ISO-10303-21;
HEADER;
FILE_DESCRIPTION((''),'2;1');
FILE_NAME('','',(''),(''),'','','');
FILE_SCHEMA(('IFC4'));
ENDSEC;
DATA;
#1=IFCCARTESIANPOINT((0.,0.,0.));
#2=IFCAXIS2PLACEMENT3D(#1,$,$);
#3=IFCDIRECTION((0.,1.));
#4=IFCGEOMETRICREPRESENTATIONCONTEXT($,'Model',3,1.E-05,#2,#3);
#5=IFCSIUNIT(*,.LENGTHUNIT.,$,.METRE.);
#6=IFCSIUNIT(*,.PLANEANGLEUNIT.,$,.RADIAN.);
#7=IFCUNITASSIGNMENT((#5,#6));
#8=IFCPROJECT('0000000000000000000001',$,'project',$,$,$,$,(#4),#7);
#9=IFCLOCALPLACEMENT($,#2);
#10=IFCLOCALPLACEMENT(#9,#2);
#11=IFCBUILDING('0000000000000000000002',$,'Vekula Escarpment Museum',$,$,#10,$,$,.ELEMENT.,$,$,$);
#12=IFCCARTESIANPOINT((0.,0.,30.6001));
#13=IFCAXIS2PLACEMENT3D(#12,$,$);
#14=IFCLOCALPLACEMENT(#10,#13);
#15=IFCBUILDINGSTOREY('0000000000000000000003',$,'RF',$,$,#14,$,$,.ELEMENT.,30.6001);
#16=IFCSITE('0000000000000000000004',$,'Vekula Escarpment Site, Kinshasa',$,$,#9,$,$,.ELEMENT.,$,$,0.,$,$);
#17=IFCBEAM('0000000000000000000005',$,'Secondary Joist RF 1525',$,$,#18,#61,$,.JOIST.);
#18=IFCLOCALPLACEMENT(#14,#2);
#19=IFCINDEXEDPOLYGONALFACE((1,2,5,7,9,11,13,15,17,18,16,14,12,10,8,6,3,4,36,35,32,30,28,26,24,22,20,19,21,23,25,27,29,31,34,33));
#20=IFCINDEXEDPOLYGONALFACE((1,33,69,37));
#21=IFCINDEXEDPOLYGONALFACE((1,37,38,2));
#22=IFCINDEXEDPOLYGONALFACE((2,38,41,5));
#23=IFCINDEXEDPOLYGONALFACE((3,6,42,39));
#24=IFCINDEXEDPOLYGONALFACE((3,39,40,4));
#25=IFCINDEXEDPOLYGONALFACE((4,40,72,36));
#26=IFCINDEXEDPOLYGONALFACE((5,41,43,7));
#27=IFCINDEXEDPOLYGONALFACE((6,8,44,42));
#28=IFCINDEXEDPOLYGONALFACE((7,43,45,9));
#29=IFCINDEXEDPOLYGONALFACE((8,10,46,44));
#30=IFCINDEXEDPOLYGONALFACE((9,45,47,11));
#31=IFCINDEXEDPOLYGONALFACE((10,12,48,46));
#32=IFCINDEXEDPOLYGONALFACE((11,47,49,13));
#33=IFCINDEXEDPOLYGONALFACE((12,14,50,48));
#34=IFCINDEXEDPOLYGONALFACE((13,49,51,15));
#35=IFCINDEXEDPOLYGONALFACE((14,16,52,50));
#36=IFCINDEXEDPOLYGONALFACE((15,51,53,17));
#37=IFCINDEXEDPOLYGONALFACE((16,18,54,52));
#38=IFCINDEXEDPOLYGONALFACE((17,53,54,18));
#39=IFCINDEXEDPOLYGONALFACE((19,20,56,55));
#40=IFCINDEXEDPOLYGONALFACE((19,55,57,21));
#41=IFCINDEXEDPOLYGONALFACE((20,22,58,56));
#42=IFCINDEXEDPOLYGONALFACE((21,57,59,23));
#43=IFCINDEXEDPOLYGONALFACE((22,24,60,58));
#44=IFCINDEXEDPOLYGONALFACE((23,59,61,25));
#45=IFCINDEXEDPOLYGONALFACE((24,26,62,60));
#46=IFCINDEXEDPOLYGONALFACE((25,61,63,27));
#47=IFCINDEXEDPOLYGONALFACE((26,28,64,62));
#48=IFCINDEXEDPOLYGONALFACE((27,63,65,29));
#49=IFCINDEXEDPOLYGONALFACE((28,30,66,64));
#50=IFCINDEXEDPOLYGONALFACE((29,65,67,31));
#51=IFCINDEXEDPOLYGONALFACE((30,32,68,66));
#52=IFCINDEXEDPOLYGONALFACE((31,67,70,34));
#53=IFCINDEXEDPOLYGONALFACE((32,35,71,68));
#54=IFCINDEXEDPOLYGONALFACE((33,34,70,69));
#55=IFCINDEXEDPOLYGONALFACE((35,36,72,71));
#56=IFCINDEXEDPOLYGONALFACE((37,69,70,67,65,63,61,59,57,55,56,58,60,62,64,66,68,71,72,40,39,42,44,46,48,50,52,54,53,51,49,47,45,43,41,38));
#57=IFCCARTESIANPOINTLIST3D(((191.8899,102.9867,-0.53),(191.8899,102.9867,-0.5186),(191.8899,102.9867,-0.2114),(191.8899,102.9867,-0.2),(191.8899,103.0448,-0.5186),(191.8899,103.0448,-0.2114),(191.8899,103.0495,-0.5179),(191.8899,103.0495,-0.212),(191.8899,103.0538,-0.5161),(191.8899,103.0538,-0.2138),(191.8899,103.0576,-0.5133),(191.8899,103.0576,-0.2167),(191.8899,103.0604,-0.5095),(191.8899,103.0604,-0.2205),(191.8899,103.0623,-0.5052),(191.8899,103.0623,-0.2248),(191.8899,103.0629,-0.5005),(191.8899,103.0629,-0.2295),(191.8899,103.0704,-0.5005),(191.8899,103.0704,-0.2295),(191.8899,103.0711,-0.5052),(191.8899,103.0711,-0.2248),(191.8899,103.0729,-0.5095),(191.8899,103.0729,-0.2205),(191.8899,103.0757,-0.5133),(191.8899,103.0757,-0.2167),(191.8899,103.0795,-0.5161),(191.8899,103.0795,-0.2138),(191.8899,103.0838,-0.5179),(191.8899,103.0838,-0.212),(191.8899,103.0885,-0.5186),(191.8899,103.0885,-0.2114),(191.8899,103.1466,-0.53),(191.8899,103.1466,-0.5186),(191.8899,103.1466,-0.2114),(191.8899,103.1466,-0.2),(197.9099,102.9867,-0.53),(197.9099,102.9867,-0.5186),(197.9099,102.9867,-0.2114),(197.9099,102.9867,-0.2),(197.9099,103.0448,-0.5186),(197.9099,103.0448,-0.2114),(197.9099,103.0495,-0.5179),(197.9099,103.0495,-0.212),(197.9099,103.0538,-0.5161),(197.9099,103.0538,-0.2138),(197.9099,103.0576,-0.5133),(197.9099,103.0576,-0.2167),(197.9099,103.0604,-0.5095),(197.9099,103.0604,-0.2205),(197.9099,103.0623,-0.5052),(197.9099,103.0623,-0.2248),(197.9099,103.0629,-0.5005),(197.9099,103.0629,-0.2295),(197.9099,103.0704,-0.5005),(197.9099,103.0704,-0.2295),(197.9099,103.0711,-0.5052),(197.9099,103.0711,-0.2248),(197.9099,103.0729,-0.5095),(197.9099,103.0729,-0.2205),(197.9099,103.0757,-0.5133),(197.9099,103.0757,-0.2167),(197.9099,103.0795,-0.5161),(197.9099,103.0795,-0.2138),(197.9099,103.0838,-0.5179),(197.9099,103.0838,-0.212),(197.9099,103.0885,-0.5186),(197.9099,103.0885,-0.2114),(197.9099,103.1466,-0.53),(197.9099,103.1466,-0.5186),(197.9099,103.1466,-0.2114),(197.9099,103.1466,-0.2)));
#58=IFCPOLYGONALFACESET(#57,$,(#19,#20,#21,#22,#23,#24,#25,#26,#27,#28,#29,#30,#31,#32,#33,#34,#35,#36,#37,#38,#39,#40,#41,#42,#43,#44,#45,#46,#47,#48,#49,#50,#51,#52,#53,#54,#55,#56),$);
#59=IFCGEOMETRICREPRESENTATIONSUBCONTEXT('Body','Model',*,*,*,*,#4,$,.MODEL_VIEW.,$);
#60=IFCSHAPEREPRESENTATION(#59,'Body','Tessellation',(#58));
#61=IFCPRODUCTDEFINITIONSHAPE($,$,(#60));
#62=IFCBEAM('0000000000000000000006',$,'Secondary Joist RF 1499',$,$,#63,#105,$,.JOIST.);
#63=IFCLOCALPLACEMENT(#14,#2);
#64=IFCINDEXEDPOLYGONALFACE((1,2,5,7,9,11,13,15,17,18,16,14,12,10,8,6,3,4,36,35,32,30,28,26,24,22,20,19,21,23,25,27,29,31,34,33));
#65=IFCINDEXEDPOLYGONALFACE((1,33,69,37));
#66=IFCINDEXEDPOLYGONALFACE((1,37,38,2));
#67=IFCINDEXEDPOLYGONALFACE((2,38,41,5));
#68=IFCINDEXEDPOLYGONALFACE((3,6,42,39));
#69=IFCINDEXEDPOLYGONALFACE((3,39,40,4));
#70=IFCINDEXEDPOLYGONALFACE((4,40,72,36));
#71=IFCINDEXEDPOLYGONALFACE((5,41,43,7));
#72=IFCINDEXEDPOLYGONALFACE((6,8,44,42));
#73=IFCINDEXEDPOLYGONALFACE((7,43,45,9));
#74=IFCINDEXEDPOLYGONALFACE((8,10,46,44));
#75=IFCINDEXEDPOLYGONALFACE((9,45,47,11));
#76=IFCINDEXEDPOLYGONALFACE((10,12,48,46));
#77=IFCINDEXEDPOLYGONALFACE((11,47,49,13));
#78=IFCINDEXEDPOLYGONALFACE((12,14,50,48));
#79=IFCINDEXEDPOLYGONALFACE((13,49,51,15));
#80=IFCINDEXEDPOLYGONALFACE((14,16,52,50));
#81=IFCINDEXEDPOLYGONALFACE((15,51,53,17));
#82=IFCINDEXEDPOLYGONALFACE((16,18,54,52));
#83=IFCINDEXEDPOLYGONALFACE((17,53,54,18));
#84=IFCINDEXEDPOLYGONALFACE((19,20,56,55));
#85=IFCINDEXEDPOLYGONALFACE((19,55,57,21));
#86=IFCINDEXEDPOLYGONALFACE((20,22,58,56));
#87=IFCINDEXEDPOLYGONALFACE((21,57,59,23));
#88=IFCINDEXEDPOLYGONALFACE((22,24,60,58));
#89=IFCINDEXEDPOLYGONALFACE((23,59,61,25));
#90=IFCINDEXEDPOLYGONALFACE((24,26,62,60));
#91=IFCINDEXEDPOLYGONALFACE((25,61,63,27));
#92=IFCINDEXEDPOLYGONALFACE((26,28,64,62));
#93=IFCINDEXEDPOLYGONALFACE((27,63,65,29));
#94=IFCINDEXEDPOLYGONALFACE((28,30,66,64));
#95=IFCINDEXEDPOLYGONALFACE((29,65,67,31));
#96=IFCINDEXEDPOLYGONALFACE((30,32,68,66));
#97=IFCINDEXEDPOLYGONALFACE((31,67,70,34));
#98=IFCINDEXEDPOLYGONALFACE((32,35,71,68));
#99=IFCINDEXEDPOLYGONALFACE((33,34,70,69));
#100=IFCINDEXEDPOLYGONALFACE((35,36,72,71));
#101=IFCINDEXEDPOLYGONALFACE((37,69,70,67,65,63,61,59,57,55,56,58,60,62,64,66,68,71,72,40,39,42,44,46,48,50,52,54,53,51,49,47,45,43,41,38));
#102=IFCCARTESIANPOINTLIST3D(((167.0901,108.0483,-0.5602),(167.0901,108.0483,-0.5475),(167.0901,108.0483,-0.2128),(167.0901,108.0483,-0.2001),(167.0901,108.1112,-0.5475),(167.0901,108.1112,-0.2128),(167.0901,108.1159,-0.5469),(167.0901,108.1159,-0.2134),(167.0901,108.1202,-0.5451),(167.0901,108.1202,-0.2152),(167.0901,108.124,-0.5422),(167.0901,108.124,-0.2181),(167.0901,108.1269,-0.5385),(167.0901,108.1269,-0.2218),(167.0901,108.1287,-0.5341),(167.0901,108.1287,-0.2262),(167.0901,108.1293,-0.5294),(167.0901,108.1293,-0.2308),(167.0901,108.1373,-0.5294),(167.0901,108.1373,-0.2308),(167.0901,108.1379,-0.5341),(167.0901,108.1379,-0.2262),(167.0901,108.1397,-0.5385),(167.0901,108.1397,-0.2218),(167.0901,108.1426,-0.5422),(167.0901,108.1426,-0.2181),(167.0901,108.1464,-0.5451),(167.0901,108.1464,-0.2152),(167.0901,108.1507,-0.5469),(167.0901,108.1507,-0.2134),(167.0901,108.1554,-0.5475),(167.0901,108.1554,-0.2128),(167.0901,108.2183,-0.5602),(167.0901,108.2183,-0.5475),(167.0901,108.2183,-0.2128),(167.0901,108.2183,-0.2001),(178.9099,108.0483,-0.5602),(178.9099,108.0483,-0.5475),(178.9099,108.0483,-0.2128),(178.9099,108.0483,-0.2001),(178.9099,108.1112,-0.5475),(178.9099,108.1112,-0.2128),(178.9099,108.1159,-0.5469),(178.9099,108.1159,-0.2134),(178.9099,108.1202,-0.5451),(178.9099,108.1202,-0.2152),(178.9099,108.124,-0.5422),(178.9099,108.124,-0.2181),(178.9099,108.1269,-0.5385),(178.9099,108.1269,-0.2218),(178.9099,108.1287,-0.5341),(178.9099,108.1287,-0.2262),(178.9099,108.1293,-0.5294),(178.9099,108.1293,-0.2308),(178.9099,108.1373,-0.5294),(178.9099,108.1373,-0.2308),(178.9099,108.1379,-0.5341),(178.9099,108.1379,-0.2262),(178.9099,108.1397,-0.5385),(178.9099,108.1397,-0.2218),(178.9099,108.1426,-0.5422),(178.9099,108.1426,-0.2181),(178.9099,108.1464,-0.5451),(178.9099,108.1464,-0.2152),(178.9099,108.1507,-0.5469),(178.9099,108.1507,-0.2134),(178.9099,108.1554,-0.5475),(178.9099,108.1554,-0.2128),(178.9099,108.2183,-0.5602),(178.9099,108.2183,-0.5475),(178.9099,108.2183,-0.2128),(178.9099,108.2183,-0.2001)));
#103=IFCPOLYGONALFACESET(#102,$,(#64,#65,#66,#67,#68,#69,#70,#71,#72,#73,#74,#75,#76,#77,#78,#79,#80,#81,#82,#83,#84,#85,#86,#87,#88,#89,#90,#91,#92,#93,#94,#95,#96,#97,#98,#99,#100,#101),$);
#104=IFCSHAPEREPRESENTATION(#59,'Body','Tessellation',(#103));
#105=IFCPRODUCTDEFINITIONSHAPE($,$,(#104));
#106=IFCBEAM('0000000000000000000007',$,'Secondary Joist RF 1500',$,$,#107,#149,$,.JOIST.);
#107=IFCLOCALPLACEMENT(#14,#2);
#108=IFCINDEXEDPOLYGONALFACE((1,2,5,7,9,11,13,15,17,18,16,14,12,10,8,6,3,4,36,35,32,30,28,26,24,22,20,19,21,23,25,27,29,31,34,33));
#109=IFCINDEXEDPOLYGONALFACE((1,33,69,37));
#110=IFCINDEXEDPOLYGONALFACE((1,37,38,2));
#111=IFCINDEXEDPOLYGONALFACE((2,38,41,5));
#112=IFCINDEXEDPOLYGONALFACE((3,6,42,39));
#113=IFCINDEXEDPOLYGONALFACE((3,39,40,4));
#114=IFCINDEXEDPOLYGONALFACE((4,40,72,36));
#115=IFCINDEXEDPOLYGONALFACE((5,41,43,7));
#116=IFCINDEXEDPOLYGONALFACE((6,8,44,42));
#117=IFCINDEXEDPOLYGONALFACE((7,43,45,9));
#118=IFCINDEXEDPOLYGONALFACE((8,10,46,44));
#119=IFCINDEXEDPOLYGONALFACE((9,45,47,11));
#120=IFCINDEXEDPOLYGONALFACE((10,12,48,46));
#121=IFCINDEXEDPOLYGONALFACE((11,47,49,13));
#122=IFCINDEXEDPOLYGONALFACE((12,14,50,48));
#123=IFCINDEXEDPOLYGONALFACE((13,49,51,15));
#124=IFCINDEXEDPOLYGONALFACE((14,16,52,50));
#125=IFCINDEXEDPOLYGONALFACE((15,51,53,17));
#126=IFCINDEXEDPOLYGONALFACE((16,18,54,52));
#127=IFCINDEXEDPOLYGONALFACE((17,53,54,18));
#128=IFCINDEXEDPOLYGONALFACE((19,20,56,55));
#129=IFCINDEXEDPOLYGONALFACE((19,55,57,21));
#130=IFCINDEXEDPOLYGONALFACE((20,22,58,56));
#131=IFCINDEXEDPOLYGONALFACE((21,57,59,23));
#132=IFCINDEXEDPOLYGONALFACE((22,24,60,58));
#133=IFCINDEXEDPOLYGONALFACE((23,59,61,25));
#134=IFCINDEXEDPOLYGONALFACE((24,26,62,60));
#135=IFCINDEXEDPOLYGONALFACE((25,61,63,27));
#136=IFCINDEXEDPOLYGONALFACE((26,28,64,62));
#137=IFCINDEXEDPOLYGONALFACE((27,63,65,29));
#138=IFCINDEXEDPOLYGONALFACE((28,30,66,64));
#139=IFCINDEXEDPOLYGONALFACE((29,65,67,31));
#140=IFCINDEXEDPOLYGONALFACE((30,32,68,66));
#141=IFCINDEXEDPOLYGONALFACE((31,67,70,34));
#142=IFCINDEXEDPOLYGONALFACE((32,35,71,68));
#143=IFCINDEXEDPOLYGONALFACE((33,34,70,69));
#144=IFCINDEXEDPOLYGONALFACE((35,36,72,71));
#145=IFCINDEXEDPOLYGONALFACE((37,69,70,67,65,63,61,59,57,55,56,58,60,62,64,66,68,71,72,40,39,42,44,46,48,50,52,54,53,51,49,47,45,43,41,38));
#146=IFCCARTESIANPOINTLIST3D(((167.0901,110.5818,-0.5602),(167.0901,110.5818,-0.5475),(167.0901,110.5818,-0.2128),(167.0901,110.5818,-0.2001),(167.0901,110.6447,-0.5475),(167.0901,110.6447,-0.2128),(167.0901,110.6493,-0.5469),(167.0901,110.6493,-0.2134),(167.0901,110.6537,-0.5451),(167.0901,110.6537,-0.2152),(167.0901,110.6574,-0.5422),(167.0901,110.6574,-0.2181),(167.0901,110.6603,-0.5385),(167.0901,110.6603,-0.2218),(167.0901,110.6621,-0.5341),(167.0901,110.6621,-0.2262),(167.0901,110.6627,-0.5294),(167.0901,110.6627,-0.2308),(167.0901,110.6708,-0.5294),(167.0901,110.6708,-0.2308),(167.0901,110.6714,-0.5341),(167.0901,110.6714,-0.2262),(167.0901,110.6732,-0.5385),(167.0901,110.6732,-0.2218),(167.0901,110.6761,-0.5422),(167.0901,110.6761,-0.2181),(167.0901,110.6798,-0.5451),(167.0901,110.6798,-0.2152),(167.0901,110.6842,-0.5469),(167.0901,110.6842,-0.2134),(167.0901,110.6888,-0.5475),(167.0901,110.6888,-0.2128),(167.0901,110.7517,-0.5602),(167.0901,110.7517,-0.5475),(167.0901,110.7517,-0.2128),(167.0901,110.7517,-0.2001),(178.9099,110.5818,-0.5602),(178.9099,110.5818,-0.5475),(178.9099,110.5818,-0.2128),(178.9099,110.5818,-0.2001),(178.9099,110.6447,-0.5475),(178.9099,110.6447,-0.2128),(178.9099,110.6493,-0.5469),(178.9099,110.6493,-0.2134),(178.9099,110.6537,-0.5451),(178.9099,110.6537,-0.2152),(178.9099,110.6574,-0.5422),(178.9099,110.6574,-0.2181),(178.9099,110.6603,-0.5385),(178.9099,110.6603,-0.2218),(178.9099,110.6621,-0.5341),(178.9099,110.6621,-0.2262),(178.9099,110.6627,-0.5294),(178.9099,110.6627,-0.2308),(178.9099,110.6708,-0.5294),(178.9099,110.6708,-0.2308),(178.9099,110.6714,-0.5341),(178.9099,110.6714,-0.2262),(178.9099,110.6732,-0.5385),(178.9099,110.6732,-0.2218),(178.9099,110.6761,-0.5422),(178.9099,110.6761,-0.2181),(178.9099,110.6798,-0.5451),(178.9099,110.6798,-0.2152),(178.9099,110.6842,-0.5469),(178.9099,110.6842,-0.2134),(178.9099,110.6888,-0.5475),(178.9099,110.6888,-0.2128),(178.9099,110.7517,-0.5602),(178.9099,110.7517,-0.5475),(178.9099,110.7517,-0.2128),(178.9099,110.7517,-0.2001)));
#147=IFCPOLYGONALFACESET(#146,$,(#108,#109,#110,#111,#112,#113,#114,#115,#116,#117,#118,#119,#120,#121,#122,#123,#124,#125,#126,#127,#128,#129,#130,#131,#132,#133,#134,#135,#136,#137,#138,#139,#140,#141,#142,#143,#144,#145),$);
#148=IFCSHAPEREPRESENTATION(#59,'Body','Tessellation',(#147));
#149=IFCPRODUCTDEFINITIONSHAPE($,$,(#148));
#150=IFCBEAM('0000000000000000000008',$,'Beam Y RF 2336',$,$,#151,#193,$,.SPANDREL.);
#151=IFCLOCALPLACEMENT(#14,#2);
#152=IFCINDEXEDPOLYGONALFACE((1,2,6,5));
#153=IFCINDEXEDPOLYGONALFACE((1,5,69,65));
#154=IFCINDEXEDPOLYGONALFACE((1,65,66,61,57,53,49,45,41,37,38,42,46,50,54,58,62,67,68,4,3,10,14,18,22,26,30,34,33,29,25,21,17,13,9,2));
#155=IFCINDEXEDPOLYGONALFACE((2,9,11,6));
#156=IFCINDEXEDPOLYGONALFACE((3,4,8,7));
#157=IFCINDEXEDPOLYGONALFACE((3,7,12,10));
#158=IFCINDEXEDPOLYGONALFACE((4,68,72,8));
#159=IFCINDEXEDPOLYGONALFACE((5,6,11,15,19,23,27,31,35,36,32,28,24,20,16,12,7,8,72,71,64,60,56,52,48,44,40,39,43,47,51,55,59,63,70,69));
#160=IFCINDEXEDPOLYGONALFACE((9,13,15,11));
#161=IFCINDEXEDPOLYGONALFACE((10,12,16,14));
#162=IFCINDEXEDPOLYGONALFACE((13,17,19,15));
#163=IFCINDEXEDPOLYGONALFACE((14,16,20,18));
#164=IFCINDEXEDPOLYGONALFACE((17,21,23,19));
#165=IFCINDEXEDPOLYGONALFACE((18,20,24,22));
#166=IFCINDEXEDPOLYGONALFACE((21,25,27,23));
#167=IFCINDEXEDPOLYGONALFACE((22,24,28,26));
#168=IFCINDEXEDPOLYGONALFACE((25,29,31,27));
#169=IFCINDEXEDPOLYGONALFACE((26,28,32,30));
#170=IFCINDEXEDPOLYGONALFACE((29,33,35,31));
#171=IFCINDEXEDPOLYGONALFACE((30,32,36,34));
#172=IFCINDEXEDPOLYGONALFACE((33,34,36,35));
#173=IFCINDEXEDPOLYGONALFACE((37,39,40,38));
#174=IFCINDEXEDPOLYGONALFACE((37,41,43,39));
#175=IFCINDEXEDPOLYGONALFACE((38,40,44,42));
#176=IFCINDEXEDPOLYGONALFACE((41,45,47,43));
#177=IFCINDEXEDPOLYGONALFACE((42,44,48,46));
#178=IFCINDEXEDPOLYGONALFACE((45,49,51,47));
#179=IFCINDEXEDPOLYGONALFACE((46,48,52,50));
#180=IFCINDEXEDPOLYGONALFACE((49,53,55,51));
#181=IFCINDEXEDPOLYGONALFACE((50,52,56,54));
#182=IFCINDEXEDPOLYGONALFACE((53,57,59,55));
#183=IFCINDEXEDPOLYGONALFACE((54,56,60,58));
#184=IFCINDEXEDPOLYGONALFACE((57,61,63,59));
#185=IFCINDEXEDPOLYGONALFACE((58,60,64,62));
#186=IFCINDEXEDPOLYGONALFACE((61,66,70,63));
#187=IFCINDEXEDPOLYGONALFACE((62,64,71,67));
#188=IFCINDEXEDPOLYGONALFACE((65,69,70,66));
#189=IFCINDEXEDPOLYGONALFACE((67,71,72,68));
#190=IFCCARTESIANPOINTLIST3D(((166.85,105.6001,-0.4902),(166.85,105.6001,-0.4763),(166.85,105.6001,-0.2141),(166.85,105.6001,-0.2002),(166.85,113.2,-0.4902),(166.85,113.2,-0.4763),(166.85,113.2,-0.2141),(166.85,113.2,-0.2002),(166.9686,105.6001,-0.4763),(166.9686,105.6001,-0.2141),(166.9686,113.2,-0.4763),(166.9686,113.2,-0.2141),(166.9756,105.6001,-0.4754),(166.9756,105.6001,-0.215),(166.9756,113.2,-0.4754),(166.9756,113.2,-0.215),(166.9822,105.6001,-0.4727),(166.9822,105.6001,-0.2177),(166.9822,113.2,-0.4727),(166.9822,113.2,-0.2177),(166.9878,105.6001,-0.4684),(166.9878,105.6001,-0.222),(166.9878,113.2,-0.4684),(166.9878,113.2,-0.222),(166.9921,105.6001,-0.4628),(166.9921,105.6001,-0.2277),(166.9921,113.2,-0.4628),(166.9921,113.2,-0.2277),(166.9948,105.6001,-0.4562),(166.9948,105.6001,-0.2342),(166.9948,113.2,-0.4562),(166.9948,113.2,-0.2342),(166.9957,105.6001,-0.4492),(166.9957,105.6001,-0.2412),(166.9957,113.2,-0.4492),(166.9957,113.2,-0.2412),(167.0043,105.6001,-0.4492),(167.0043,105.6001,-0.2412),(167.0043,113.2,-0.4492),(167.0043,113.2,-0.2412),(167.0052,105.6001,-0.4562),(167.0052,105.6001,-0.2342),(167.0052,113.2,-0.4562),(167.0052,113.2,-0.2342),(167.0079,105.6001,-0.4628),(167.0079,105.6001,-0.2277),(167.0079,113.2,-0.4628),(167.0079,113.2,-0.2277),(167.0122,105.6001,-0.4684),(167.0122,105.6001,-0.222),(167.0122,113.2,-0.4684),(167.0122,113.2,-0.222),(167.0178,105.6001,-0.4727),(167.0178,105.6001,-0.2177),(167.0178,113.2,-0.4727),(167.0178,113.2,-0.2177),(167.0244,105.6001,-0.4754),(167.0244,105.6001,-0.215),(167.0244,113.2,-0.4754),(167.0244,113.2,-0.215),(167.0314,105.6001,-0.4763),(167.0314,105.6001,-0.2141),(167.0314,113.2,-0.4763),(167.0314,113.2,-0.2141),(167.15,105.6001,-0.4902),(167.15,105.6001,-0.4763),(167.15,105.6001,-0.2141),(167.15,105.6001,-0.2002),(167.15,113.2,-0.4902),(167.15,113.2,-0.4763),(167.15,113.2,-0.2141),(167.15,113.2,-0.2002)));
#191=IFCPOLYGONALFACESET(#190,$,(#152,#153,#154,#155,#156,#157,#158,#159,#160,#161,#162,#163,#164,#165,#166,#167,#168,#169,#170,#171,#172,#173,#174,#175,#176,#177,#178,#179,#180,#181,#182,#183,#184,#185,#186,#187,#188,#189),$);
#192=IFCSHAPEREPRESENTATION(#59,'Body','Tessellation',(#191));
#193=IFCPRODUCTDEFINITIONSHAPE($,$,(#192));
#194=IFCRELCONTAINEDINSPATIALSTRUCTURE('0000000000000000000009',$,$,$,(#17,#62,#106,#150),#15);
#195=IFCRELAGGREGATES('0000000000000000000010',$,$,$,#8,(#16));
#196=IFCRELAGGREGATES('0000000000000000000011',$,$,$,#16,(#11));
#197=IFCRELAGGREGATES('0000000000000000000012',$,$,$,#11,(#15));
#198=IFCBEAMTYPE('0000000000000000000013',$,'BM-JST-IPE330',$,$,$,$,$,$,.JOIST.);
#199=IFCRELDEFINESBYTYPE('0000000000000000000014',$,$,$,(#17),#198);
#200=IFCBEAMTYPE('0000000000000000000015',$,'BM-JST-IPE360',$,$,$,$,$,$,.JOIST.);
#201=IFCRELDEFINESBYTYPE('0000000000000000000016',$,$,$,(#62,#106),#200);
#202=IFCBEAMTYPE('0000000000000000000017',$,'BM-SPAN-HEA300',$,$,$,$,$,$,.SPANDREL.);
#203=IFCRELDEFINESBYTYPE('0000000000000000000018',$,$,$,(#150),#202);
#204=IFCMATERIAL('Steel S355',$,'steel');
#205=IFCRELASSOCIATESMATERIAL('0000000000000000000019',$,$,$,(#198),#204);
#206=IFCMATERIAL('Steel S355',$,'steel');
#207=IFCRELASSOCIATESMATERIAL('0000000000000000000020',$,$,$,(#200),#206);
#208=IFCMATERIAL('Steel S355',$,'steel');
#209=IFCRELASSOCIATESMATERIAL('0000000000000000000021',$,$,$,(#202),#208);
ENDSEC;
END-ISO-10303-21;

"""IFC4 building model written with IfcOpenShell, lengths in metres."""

from ifc_helpers import new_model, si_unit, direction, frame, origin, origin_2d, place, context, subcontext, project, spatial, i_section, extrude, material, material_profile, profile_set, type_object, element, save


model = new_model("IFC4")

# Units and contexts
model_context = context("Model", 3, precision=1e-05, world=origin(), true_north=direction((0.0, 1.0)))
body_context = subcontext(model_context, "Body", "Model", "MODEL_VIEW")
ifc_project = project(units=[si_unit("LENGTHUNIT", "METRE"), si_unit("PLANEANGLEUNIT", "RADIAN")], contexts=[model_context])

# Site, building, storey
site_placement = place(None, origin())
site = spatial("IfcSite", under=ifc_project, at=site_placement, Name="Vekula Escarpment Site, Kinshasa", CompositionType="ELEMENT", RefElevation=0.0)
building_placement = place(site_placement, origin())
building = spatial("IfcBuilding", under=site, at=building_placement, Name="Vekula Escarpment Museum", CompositionType="ELEMENT")
storey_placement = place(building_placement, frame((0.0, 0.0, 30.6001)))
storey = spatial("IfcBuildingStorey", under=building, at=storey_placement, Name="RF", CompositionType="ELEMENT", Elevation=30.6001)

# Beams
ifc_material_1 = material(Name="Steel S355", Category="steel")
ifc_material_profile_1 = material_profile(ifc_material_1, i_section(OverallWidth=0.1599, OverallDepth=0.3301, WebThickness=0.0076, FlangeThickness=0.0115, FilletRadius=0.0181, at=origin_2d()), Name="IPE 330")
ifc_profile_set_1 = profile_set([ifc_material_profile_1], Name="Steel S355")
beam_type_1 = type_object("IfcBeamType", Name="BM-JST-IPE330", PredefinedType="JOIST", material=ifc_profile_set_1)
beam_1_placement = place(storey_placement, frame((191.8899, 103.0667, -0.365), z_axis=(1.0, 0.0, 0.0), x_axis=(0.0, 1.0, 0.0)))
element("IfcBeam", 1, at=beam_1_placement, inside=storey, type_object=beam_type_1, Name="Secondary Joist RF 1525", PredefinedType="JOIST", context=body_context, shape_type="SweptSolid", body=[
    extrude(i_section(OverallWidth=0.1599, OverallDepth=0.3301, WebThickness=0.0076, FlangeThickness=0.0115, FilletRadius=0.0181, at=origin_2d()), origin(), (0.0, 0.0, 1.0), 6.02),
])
ifc_material_2 = material(Name="Steel S355", Category="steel")
ifc_material_profile_2 = material_profile(ifc_material_2, i_section(OverallWidth=0.1699, OverallDepth=0.3601, WebThickness=0.0081, FlangeThickness=0.0127, FilletRadius=0.0181, at=origin_2d()), Name="IPE 360")
ifc_profile_set_2 = profile_set([ifc_material_profile_2], Name="Steel S355")
beam_type_2 = type_object("IfcBeamType", Name="BM-JST-IPE360", PredefinedType="JOIST", material=ifc_profile_set_2)
for number, where, z_axis, x_axis, name in (
    (2, (167.0901, 108.1333, -0.3801), (1.0, 0.0, 0.0), (0.0, 1.0, 0.0), "Secondary Joist RF 1499"),
    (3, (167.0901, 110.6667, -0.3801), (1.0, 0.0, 0.0), (0.0, 1.0, 0.0), "Secondary Joist RF 1500"),
):
    element("IfcBeam", number, at=place(storey_placement, frame(where, z_axis=z_axis, x_axis=x_axis)), inside=storey, type_object=beam_type_2, Name=name, PredefinedType="JOIST", context=body_context, shape_type="SweptSolid", body=[
        extrude(i_section(OverallWidth=0.1699, OverallDepth=0.3601, WebThickness=0.0081, FlangeThickness=0.0127, FilletRadius=0.0181, at=origin_2d()), origin(), (0.0, 0.0, 1.0), 11.8198),
    ])
ifc_material_3 = material(Name="Steel S355", Category="steel")
ifc_material_profile_3 = material_profile(ifc_material_3, i_section(OverallWidth=0.3, OverallDepth=0.29, WebThickness=0.0085, FlangeThickness=0.0139, FilletRadius=0.0271, at=origin_2d()), Name="HEA 300")
ifc_profile_set_3 = profile_set([ifc_material_profile_3], Name="Steel S355")
beam_type_3 = type_object("IfcBeamType", Name="BM-SPAN-HEA300", PredefinedType="SPANDREL", material=ifc_profile_set_3)
beam_2_placement = place(storey_placement, frame((167.0, 105.6001, -0.3452), z_axis=(0.0, 1.0, 0.0), x_axis=(-1.0, 0.0, 0.0)))
element("IfcBeam", 4, at=beam_2_placement, inside=storey, type_object=beam_type_3, Name="Beam Y RF 2336", PredefinedType="SPANDREL", context=body_context, shape_type="SweptSolid", body=[
    extrude(i_section(OverallWidth=0.3, OverallDepth=0.29, WebThickness=0.0085, FlangeThickness=0.0139, FilletRadius=0.0271, at=origin_2d()), origin(), (0.0, 0.0, 1.0), 7.5999),
])

save(model, "model.ifc")
